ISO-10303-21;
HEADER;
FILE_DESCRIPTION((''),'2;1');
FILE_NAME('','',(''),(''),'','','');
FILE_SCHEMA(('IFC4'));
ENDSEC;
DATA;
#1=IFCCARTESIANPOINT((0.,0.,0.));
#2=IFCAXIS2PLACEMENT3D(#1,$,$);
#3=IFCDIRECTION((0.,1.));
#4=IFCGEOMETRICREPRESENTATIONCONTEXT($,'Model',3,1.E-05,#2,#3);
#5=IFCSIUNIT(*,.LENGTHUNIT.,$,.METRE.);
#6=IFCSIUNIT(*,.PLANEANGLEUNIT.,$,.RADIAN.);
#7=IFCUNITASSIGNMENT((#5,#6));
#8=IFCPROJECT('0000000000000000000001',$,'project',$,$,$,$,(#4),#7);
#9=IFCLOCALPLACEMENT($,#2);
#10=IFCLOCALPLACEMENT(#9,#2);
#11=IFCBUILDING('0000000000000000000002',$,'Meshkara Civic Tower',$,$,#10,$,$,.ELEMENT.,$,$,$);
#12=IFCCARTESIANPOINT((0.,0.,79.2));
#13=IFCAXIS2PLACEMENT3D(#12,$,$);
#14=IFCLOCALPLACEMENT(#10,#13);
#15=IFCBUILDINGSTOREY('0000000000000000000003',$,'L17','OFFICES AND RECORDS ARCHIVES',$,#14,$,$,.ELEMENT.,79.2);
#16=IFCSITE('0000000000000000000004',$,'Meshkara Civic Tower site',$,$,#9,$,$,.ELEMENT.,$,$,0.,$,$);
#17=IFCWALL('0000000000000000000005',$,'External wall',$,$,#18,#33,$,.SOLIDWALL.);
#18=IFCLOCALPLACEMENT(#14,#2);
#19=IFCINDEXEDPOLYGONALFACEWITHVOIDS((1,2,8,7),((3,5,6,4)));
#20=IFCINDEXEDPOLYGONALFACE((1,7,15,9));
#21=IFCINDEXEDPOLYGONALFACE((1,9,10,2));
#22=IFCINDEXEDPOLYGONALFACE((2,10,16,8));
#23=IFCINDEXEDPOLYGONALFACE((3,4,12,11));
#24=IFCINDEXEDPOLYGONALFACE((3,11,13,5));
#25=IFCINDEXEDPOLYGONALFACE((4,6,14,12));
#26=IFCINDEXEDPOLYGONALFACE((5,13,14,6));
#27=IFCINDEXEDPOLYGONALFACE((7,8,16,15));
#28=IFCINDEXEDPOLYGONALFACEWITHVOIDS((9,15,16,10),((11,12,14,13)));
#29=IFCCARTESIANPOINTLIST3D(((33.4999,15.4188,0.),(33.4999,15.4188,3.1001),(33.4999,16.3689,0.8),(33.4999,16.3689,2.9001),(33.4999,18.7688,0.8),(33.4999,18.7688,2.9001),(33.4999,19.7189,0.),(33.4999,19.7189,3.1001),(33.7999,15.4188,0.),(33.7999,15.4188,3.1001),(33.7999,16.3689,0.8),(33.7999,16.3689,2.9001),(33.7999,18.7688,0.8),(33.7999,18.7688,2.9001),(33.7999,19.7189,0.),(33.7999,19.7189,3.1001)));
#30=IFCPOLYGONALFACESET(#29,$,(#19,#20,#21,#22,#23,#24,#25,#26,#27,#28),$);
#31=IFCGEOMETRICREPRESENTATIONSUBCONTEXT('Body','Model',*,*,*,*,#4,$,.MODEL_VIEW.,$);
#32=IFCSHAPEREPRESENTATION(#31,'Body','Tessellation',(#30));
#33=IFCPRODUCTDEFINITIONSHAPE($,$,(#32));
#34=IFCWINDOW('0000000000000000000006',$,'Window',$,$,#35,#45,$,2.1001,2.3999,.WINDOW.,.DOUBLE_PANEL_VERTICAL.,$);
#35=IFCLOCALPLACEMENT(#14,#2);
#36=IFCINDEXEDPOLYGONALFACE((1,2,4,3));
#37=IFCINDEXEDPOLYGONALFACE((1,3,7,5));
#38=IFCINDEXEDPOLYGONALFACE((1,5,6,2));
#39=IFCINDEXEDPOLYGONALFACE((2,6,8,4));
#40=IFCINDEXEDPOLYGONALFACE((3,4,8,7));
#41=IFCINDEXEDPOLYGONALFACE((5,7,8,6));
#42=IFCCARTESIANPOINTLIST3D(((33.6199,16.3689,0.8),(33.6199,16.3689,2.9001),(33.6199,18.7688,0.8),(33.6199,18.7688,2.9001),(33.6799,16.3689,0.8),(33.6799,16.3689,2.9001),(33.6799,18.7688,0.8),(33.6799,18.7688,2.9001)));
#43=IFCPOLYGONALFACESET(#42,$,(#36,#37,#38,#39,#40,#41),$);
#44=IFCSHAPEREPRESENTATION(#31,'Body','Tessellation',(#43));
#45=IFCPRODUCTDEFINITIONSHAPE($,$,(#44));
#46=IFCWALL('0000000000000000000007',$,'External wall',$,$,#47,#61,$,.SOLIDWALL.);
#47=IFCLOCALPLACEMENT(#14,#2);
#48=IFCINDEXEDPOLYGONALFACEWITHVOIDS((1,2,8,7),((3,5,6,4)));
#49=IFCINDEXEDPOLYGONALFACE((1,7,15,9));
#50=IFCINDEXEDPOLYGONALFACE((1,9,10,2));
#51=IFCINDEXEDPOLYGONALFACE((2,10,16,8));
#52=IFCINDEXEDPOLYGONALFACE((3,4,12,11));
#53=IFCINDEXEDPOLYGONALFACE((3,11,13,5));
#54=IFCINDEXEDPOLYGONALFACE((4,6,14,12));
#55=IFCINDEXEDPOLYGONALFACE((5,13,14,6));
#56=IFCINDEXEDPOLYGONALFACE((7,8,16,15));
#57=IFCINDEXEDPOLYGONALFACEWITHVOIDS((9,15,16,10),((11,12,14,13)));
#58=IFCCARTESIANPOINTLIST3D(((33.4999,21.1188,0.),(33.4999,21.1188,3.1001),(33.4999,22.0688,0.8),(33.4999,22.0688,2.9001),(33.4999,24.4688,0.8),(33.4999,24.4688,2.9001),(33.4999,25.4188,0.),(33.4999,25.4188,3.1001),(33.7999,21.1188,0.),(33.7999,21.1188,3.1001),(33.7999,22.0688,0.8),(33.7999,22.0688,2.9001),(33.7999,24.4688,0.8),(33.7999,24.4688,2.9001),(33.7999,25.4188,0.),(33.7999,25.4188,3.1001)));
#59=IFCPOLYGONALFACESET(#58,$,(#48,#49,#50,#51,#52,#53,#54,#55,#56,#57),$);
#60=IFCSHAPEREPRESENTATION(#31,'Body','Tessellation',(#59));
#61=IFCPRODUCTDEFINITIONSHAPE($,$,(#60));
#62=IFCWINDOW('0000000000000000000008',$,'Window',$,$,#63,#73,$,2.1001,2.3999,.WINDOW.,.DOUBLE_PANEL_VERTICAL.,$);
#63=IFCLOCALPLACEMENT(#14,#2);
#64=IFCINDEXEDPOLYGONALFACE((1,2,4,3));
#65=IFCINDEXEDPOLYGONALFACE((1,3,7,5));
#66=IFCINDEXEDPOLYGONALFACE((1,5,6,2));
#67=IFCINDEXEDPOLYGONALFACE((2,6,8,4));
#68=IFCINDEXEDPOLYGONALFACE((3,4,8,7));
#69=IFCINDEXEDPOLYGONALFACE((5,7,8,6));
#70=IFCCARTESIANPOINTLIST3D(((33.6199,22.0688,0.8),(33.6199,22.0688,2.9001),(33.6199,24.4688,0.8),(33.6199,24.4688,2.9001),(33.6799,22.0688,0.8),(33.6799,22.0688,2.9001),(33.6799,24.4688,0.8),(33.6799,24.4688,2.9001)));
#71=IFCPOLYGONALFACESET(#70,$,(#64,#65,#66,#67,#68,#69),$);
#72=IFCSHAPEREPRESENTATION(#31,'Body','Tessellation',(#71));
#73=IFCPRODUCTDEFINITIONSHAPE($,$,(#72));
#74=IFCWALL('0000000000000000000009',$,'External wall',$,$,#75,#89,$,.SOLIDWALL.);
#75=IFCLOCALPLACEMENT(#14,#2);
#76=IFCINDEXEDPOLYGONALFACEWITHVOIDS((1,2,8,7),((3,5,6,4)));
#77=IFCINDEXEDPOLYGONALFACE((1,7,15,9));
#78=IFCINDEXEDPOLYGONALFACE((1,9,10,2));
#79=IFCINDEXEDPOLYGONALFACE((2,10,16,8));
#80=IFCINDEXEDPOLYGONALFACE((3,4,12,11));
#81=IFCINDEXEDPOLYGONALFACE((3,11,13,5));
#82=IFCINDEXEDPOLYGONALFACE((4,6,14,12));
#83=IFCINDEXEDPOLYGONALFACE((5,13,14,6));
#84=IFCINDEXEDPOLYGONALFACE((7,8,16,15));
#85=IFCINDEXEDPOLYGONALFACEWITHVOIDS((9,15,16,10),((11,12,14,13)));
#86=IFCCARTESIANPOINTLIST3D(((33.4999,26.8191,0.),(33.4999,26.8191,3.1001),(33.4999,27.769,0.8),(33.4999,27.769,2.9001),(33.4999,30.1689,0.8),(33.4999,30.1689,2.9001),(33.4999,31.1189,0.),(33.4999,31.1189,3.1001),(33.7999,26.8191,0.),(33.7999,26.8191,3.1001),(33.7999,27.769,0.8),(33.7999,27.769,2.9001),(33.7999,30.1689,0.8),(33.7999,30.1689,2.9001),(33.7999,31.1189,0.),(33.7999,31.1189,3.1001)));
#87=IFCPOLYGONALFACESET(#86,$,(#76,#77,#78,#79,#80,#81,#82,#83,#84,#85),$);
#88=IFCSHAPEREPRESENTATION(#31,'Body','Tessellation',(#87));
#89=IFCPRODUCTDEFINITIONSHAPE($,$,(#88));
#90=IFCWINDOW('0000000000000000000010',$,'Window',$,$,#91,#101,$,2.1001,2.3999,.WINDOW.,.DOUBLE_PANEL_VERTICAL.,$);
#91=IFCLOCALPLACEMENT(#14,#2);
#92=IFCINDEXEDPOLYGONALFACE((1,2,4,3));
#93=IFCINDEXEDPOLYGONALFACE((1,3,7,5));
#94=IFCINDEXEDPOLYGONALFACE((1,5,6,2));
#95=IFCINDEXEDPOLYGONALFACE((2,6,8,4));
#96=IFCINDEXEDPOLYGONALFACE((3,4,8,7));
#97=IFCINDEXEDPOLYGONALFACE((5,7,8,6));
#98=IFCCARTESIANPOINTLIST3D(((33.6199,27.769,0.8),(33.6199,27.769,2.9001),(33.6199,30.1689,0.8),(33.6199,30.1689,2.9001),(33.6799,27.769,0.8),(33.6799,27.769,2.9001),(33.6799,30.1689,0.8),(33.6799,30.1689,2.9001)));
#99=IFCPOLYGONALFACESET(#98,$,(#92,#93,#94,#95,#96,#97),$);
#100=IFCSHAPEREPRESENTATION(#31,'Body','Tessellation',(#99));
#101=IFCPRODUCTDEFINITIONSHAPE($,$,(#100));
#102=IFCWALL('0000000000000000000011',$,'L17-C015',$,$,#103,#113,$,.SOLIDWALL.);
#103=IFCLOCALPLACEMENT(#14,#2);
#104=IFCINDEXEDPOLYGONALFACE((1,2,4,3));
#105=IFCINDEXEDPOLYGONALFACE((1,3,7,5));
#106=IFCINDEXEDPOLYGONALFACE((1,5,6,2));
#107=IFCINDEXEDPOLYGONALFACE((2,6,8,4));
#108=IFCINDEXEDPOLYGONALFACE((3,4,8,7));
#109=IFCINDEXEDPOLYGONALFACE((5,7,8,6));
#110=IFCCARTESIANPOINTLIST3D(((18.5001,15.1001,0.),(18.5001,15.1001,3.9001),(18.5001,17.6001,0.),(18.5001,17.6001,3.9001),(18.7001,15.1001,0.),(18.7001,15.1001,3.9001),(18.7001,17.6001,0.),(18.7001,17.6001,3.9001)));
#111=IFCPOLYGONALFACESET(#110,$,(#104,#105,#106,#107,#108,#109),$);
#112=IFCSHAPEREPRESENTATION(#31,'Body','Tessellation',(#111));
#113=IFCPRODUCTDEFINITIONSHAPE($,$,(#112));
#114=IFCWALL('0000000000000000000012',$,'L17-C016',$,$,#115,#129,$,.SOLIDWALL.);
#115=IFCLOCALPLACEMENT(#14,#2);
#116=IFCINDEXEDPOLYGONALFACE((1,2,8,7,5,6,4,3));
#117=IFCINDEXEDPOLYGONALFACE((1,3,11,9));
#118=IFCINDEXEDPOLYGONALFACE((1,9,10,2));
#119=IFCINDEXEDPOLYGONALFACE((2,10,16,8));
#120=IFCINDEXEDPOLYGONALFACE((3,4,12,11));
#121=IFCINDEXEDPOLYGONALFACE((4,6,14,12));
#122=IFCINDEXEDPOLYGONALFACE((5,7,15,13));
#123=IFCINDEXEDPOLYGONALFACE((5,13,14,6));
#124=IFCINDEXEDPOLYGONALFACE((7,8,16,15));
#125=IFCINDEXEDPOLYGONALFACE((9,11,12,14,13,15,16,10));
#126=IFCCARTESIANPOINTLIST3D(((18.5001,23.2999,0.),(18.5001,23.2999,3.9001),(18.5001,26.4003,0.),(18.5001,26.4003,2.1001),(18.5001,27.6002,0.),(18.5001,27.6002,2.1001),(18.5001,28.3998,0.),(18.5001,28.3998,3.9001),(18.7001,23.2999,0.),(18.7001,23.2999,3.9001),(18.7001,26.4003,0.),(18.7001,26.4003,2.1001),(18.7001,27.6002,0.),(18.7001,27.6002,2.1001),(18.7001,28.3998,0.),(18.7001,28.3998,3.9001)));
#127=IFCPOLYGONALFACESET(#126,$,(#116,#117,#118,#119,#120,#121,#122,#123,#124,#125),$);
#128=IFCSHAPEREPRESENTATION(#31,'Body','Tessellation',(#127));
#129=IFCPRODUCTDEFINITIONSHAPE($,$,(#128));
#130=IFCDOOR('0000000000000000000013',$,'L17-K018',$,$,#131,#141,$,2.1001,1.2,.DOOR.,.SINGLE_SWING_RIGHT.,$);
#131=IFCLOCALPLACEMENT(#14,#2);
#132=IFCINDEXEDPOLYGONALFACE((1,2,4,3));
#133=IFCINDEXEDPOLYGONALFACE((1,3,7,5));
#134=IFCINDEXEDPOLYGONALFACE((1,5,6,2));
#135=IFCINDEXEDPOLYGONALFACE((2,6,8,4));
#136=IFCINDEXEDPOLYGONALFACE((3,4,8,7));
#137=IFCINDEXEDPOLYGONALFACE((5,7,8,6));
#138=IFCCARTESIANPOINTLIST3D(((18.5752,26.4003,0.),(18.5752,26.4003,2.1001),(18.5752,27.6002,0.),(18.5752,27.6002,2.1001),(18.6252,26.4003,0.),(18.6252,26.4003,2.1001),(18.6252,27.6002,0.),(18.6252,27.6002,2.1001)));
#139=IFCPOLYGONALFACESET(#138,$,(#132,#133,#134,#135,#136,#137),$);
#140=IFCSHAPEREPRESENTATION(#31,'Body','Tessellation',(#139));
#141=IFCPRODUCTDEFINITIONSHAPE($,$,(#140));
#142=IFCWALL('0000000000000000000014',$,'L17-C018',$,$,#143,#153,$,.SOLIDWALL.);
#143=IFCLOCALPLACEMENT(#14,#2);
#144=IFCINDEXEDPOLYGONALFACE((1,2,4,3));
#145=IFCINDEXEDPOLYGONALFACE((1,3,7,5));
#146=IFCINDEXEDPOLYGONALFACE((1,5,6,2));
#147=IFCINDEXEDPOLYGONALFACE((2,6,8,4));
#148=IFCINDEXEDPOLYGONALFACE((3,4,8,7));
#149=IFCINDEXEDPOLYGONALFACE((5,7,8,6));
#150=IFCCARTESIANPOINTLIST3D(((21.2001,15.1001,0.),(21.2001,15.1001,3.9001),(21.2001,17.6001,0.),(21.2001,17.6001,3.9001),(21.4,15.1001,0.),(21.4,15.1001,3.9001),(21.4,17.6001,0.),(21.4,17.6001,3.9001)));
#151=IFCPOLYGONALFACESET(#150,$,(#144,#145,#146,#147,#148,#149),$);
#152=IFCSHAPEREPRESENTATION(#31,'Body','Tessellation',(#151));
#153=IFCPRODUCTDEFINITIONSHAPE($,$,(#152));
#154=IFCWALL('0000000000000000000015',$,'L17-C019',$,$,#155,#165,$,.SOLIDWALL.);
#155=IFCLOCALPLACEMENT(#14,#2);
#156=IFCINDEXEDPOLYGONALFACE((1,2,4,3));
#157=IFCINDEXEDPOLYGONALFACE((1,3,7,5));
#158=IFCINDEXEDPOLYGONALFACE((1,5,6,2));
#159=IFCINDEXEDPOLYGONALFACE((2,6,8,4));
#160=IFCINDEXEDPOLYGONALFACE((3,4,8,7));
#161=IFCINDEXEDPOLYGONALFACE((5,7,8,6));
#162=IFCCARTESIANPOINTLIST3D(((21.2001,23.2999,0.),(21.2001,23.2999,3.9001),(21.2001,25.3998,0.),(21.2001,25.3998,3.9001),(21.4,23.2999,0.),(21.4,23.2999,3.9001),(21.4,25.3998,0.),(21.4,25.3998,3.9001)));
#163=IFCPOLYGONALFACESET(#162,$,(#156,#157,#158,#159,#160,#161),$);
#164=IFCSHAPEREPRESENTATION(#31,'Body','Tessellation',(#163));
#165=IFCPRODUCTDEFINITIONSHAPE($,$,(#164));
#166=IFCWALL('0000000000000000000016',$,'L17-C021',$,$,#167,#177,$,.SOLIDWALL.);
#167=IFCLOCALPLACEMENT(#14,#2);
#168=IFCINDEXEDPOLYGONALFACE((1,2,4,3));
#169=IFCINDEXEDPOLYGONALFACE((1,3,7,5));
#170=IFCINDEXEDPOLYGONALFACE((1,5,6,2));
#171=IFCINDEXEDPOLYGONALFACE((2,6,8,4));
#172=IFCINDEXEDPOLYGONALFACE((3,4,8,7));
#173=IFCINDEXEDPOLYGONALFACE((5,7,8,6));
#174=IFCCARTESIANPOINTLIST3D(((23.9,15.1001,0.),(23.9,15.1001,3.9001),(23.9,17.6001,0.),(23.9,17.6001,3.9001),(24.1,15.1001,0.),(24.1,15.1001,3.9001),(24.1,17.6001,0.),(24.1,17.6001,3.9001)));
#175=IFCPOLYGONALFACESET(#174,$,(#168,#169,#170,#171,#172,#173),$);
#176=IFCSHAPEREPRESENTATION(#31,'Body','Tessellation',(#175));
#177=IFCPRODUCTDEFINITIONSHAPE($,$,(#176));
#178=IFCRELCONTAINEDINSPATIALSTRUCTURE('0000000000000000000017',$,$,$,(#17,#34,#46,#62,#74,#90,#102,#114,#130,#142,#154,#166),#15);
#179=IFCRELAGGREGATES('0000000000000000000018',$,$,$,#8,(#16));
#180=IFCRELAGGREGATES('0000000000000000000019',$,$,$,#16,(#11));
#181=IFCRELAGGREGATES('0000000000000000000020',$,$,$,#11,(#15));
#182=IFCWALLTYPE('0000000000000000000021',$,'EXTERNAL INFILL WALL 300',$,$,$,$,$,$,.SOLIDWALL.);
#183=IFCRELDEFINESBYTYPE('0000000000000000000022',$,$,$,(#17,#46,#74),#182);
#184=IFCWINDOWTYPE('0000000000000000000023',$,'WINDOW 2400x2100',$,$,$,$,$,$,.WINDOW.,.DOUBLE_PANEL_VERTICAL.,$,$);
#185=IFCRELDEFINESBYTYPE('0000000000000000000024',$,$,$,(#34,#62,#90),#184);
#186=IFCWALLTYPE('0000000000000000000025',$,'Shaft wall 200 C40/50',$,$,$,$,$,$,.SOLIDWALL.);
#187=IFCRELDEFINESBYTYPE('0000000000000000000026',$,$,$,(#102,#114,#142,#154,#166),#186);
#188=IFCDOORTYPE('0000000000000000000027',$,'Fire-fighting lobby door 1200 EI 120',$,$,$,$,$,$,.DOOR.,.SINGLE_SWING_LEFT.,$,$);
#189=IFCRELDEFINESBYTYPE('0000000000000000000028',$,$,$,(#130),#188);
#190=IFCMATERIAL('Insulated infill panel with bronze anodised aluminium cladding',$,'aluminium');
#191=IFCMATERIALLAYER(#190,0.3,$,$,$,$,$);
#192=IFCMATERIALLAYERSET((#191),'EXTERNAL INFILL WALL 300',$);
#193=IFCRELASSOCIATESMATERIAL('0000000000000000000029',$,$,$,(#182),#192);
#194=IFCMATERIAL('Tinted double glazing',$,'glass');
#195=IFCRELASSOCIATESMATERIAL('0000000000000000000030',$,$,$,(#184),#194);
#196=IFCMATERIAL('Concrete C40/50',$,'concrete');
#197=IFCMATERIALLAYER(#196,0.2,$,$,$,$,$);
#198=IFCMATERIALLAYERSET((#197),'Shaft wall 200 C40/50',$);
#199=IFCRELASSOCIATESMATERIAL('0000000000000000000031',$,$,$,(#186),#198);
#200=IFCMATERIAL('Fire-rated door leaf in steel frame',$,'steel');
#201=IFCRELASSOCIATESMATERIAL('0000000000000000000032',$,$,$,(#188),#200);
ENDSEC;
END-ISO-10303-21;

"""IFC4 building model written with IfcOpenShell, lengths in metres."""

from ifc_helpers import new_model, si_unit, direction, frame, frame_2d, origin, place, context, subcontext, project, spatial, rectangle, extrude, material, layer, layer_set, type_object, element, fill, save


model = new_model("IFC4")

# Units and contexts
model_context = context("Model", 3, precision=1e-05, world=origin(), true_north=direction((0.0, 1.0)))
body_context = subcontext(model_context, "Body", "Model", "MODEL_VIEW")
ifc_project = project(units=[si_unit("LENGTHUNIT", "METRE"), si_unit("PLANEANGLEUNIT", "RADIAN")], contexts=[model_context])

# Site, building, storey
site_placement = place(None, origin())
site = spatial("IfcSite", under=ifc_project, at=site_placement, Name="Meshkara Civic Tower site", CompositionType="ELEMENT", RefElevation=0.0)
building_placement = place(site_placement, origin())
building = spatial("IfcBuilding", under=site, at=building_placement, Name="Meshkara Civic Tower", CompositionType="ELEMENT")
storey_placement = place(building_placement, frame((0.0, 0.0, 79.2)))
storey = spatial("IfcBuildingStorey", under=building, at=storey_placement, Name="L17", Description="OFFICES AND RECORDS ARCHIVES", CompositionType="ELEMENT", Elevation=79.2)

# Walls, openings, windows
ifc_material_1 = material(Name="Insulated infill panel with bronze anodised aluminium cladding", Category="aluminium")
ifc_layer_1 = layer(ifc_material_1, 0.3)
ifc_layer_set_1 = layer_set([ifc_layer_1], Name="EXTERNAL INFILL WALL 300")
wall_type_1 = type_object("IfcWallType", Name="EXTERNAL INFILL WALL 300", PredefinedType="SOLIDWALL", material=ifc_layer_set_1)
ifc_material_2 = material(Name="Tinted double glazing", Category="glass")
window_type = type_object("IfcWindowType", Name="WINDOW 2400x2100", PartitioningType="DOUBLE_PANEL_VERTICAL", PredefinedType="WINDOW", material=ifc_material_2)
wall_1_placement = place(storey_placement, frame((33.6499, 15.4189, 0.0), z_axis=(0.0, 0.0, 1.0), x_axis=(0.0, 1.0, 0.0)))
wall_1 = element("IfcWall", 1, at=wall_1_placement, inside=storey, type_object=wall_type_1, Name="External wall", PredefinedType="SOLIDWALL", context=body_context, shape_type="SweptSolid", body=[
    extrude(rectangle(XDim=4.3, YDim=0.3, at=frame_2d((2.1499, 0.0))), origin(), (0.0, 0.0, 1.0), 3.1001),
])
opening_1_placement = place(wall_1_placement, frame((0.95, 0.0, 0.8)))
opening_1 = element("IfcOpeningElement", 2, at=opening_1_placement, cuts=wall_1, PredefinedType="OPENING", context=body_context, shape_type="SweptSolid", body=[
    extrude(rectangle(XDim=2.3999, YDim=2.1001, at=frame_2d((1.2, 1.05))), frame((0.0, 0.1599, 0.0), z_axis=(0.0, -1.0, 0.0), x_axis=(1.0, 0.0, 0.0)), (0.0, 0.0, 1.0), 0.3201),
])
window_1_placement = place(opening_1_placement, origin())
window_1 = element("IfcWindow", 3, at=window_1_placement, inside=storey, type_object=window_type, Name="Window", OverallHeight=2.1001, OverallWidth=2.3999, PartitioningType="DOUBLE_PANEL_VERTICAL", PredefinedType="WINDOW", context=body_context, shape_type="SweptSolid", body=[
    extrude(rectangle(XDim=2.3999, YDim=2.1001, at=frame_2d((1.2, 1.05))), frame((0.0, 0.03, 0.0), z_axis=(0.0, -1.0, 0.0), x_axis=(1.0, 0.0, 0.0)), (0.0, 0.0, 1.0), 0.0601),
])
fill(opening_1, window_1)
wall_2_placement = place(storey_placement, frame((33.6499, 21.1189, 0.0), z_axis=(0.0, 0.0, 1.0), x_axis=(0.0, 1.0, 0.0)))
wall_2 = element("IfcWall", 4, at=wall_2_placement, inside=storey, type_object=wall_type_1, Name="External wall", PredefinedType="SOLIDWALL", context=body_context, shape_type="SweptSolid", body=[
    extrude(rectangle(XDim=4.3, YDim=0.3, at=frame_2d((2.1499, 0.0))), origin(), (0.0, 0.0, 1.0), 3.1001),
])
opening_2_placement = place(wall_2_placement, frame((0.95, 0.0, 0.8)))
opening_2 = element("IfcOpeningElement", 5, at=opening_2_placement, cuts=wall_2, PredefinedType="OPENING", context=body_context, shape_type="SweptSolid", body=[
    extrude(rectangle(XDim=2.3999, YDim=2.1001, at=frame_2d((1.2, 1.05))), frame((0.0, 0.1599, 0.0), z_axis=(0.0, -1.0, 0.0), x_axis=(1.0, 0.0, 0.0)), (0.0, 0.0, 1.0), 0.3201),
])
window_2_placement = place(opening_2_placement, origin())
window_2 = element("IfcWindow", 6, at=window_2_placement, inside=storey, type_object=window_type, Name="Window", OverallHeight=2.1001, OverallWidth=2.3999, PartitioningType="DOUBLE_PANEL_VERTICAL", PredefinedType="WINDOW", context=body_context, shape_type="SweptSolid", body=[
    extrude(rectangle(XDim=2.3999, YDim=2.1001, at=frame_2d((1.2, 1.05))), frame((0.0, 0.03, 0.0), z_axis=(0.0, -1.0, 0.0), x_axis=(1.0, 0.0, 0.0)), (0.0, 0.0, 1.0), 0.0601),
])
fill(opening_2, window_2)
wall_3_placement = place(storey_placement, frame((33.6499, 26.8191, 0.0), z_axis=(0.0, 0.0, 1.0), x_axis=(0.0, 1.0, 0.0)))
wall_3 = element("IfcWall", 7, at=wall_3_placement, inside=storey, type_object=wall_type_1, Name="External wall", PredefinedType="SOLIDWALL", context=body_context, shape_type="SweptSolid", body=[
    extrude(rectangle(XDim=4.2998, YDim=0.3, at=frame_2d((2.1499, 0.0))), origin(), (0.0, 0.0, 1.0), 3.1001),
])
opening_3_placement = place(wall_3_placement, frame((0.95, 0.0, 0.8)))
opening_3 = element("IfcOpeningElement", 8, at=opening_3_placement, cuts=wall_3, PredefinedType="OPENING", context=body_context, shape_type="SweptSolid", body=[
    extrude(rectangle(XDim=2.3999, YDim=2.1001, at=frame_2d((1.2, 1.05))), frame((0.0, 0.1599, 0.0), z_axis=(0.0, -1.0, 0.0), x_axis=(1.0, 0.0, 0.0)), (0.0, 0.0, 1.0), 0.3201),
])
window_3_placement = place(opening_3_placement, origin())
window_3 = element("IfcWindow", 9, at=window_3_placement, inside=storey, type_object=window_type, Name="Window", OverallHeight=2.1001, OverallWidth=2.3999, PartitioningType="DOUBLE_PANEL_VERTICAL", PredefinedType="WINDOW", context=body_context, shape_type="SweptSolid", body=[
    extrude(rectangle(XDim=2.3999, YDim=2.1001, at=frame_2d((1.2, 1.05))), frame((0.0, 0.03, 0.0), z_axis=(0.0, -1.0, 0.0), x_axis=(1.0, 0.0, 0.0)), (0.0, 0.0, 1.0), 0.0601),
])
fill(opening_3, window_3)

# Wall
ifc_material_3 = material(Name="Concrete C40/50", Category="concrete")
ifc_layer_2 = layer(ifc_material_3, 0.2)
ifc_layer_set_2 = layer_set([ifc_layer_2], Name="Shaft wall 200 C40/50")
wall_type_2 = type_object("IfcWallType", Name="Shaft wall 200 C40/50", PredefinedType="SOLIDWALL", material=ifc_layer_set_2)
wall_4_placement = place(storey_placement, frame((18.6001, 15.1001, 0.0), z_axis=(0.0, 0.0, 1.0), x_axis=(0.0, 1.0, 0.0)))
element("IfcWall", 10, at=wall_4_placement, inside=storey, type_object=wall_type_2, Name="L17-C015", PredefinedType="SOLIDWALL", context=body_context, shape_type="SweptSolid", body=[
    extrude(rectangle(XDim=2.5, YDim=0.2, at=frame_2d((1.25, 0.0))), origin(), (0.0, 0.0, 1.0), 3.9001),
])

# Wall, opening, door
wall_5_placement = place(storey_placement, frame((18.6001, 23.3, 0.0), z_axis=(0.0, 0.0, 1.0), x_axis=(0.0, 1.0, 0.0)))
wall_5 = element("IfcWall", 11, at=wall_5_placement, inside=storey, type_object=wall_type_2, Name="L17-C016", PredefinedType="SOLIDWALL", context=body_context, shape_type="SweptSolid", body=[
    extrude(rectangle(XDim=5.0999, YDim=0.2, at=frame_2d((2.5498, 0.0))), origin(), (0.0, 0.0, 1.0), 3.9001),
])
opening_4_placement = place(wall_5_placement, frame((3.1001, 0.0, 0.0)))
opening_4 = element("IfcOpeningElement", 12, at=opening_4_placement, cuts=wall_5, PredefinedType="OPENING", context=body_context, shape_type="SweptSolid", body=[
    extrude(rectangle(XDim=1.2, YDim=2.1001, at=frame_2d((0.6001, 1.05))), frame((0.0, 0.1099, 0.0), z_axis=(0.0, -1.0, 0.0), x_axis=(1.0, 0.0, 0.0)), (0.0, 0.0, 1.0), 0.22),
])
ifc_material_4 = material(Name="Fire-rated door leaf in steel frame", Category="steel")
door_type_1 = type_object("IfcDoorType", Name="Fire-fighting lobby door 1200 EI 120", OperationType="SINGLE_SWING_LEFT", PredefinedType="DOOR", material=ifc_material_4)
door_1_placement = place(opening_4_placement, origin())
door_1 = element("IfcDoor", 13, at=door_1_placement, inside=storey, type_object=door_type_1, Name="L17-K018", OperationType="SINGLE_SWING_RIGHT", OverallHeight=2.1001, OverallWidth=1.2, PredefinedType="DOOR", context=body_context, shape_type="SweptSolid", body=[
    extrude(rectangle(XDim=1.2, YDim=2.1001, at=frame_2d((0.6001, 1.05))), frame((0.0, 0.0249, 0.0), z_axis=(0.0, -1.0, 0.0), x_axis=(1.0, 0.0, 0.0)), (0.0, 0.0, 1.0), 0.05),
])
fill(opening_4, door_1)

# Walls
wall_6_placement = place(storey_placement, frame((21.3, 15.1001, 0.0), z_axis=(0.0, 0.0, 1.0), x_axis=(0.0, 1.0, 0.0)))
element("IfcWall", 14, at=wall_6_placement, inside=storey, type_object=wall_type_2, Name="L17-C018", PredefinedType="SOLIDWALL", context=body_context, shape_type="SweptSolid", body=[
    extrude(rectangle(XDim=2.5, YDim=0.2, at=frame_2d((1.25, 0.0))), origin(), (0.0, 0.0, 1.0), 3.9001),
])
wall_7_placement = place(storey_placement, frame((21.3, 23.3, 0.0), z_axis=(0.0, 0.0, 1.0), x_axis=(0.0, 1.0, 0.0)))
element("IfcWall", 15, at=wall_7_placement, inside=storey, type_object=wall_type_2, Name="L17-C019", PredefinedType="SOLIDWALL", context=body_context, shape_type="SweptSolid", body=[
    extrude(rectangle(XDim=2.0999, YDim=0.2, at=frame_2d((1.0498, 0.0))), origin(), (0.0, 0.0, 1.0), 3.9001),
])
wall_8_placement = place(storey_placement, frame((24.0, 15.1001, 0.0), z_axis=(0.0, 0.0, 1.0), x_axis=(0.0, 1.0, 0.0)))
element("IfcWall", 16, at=wall_8_placement, inside=storey, type_object=wall_type_2, Name="L17-C021", PredefinedType="SOLIDWALL", context=body_context, shape_type="SweptSolid", body=[
    extrude(rectangle(XDim=2.5, YDim=0.2, at=frame_2d((1.25, 0.0))), origin(), (0.0, 0.0, 1.0), 3.9001),
])

save(model, "model.ifc")
